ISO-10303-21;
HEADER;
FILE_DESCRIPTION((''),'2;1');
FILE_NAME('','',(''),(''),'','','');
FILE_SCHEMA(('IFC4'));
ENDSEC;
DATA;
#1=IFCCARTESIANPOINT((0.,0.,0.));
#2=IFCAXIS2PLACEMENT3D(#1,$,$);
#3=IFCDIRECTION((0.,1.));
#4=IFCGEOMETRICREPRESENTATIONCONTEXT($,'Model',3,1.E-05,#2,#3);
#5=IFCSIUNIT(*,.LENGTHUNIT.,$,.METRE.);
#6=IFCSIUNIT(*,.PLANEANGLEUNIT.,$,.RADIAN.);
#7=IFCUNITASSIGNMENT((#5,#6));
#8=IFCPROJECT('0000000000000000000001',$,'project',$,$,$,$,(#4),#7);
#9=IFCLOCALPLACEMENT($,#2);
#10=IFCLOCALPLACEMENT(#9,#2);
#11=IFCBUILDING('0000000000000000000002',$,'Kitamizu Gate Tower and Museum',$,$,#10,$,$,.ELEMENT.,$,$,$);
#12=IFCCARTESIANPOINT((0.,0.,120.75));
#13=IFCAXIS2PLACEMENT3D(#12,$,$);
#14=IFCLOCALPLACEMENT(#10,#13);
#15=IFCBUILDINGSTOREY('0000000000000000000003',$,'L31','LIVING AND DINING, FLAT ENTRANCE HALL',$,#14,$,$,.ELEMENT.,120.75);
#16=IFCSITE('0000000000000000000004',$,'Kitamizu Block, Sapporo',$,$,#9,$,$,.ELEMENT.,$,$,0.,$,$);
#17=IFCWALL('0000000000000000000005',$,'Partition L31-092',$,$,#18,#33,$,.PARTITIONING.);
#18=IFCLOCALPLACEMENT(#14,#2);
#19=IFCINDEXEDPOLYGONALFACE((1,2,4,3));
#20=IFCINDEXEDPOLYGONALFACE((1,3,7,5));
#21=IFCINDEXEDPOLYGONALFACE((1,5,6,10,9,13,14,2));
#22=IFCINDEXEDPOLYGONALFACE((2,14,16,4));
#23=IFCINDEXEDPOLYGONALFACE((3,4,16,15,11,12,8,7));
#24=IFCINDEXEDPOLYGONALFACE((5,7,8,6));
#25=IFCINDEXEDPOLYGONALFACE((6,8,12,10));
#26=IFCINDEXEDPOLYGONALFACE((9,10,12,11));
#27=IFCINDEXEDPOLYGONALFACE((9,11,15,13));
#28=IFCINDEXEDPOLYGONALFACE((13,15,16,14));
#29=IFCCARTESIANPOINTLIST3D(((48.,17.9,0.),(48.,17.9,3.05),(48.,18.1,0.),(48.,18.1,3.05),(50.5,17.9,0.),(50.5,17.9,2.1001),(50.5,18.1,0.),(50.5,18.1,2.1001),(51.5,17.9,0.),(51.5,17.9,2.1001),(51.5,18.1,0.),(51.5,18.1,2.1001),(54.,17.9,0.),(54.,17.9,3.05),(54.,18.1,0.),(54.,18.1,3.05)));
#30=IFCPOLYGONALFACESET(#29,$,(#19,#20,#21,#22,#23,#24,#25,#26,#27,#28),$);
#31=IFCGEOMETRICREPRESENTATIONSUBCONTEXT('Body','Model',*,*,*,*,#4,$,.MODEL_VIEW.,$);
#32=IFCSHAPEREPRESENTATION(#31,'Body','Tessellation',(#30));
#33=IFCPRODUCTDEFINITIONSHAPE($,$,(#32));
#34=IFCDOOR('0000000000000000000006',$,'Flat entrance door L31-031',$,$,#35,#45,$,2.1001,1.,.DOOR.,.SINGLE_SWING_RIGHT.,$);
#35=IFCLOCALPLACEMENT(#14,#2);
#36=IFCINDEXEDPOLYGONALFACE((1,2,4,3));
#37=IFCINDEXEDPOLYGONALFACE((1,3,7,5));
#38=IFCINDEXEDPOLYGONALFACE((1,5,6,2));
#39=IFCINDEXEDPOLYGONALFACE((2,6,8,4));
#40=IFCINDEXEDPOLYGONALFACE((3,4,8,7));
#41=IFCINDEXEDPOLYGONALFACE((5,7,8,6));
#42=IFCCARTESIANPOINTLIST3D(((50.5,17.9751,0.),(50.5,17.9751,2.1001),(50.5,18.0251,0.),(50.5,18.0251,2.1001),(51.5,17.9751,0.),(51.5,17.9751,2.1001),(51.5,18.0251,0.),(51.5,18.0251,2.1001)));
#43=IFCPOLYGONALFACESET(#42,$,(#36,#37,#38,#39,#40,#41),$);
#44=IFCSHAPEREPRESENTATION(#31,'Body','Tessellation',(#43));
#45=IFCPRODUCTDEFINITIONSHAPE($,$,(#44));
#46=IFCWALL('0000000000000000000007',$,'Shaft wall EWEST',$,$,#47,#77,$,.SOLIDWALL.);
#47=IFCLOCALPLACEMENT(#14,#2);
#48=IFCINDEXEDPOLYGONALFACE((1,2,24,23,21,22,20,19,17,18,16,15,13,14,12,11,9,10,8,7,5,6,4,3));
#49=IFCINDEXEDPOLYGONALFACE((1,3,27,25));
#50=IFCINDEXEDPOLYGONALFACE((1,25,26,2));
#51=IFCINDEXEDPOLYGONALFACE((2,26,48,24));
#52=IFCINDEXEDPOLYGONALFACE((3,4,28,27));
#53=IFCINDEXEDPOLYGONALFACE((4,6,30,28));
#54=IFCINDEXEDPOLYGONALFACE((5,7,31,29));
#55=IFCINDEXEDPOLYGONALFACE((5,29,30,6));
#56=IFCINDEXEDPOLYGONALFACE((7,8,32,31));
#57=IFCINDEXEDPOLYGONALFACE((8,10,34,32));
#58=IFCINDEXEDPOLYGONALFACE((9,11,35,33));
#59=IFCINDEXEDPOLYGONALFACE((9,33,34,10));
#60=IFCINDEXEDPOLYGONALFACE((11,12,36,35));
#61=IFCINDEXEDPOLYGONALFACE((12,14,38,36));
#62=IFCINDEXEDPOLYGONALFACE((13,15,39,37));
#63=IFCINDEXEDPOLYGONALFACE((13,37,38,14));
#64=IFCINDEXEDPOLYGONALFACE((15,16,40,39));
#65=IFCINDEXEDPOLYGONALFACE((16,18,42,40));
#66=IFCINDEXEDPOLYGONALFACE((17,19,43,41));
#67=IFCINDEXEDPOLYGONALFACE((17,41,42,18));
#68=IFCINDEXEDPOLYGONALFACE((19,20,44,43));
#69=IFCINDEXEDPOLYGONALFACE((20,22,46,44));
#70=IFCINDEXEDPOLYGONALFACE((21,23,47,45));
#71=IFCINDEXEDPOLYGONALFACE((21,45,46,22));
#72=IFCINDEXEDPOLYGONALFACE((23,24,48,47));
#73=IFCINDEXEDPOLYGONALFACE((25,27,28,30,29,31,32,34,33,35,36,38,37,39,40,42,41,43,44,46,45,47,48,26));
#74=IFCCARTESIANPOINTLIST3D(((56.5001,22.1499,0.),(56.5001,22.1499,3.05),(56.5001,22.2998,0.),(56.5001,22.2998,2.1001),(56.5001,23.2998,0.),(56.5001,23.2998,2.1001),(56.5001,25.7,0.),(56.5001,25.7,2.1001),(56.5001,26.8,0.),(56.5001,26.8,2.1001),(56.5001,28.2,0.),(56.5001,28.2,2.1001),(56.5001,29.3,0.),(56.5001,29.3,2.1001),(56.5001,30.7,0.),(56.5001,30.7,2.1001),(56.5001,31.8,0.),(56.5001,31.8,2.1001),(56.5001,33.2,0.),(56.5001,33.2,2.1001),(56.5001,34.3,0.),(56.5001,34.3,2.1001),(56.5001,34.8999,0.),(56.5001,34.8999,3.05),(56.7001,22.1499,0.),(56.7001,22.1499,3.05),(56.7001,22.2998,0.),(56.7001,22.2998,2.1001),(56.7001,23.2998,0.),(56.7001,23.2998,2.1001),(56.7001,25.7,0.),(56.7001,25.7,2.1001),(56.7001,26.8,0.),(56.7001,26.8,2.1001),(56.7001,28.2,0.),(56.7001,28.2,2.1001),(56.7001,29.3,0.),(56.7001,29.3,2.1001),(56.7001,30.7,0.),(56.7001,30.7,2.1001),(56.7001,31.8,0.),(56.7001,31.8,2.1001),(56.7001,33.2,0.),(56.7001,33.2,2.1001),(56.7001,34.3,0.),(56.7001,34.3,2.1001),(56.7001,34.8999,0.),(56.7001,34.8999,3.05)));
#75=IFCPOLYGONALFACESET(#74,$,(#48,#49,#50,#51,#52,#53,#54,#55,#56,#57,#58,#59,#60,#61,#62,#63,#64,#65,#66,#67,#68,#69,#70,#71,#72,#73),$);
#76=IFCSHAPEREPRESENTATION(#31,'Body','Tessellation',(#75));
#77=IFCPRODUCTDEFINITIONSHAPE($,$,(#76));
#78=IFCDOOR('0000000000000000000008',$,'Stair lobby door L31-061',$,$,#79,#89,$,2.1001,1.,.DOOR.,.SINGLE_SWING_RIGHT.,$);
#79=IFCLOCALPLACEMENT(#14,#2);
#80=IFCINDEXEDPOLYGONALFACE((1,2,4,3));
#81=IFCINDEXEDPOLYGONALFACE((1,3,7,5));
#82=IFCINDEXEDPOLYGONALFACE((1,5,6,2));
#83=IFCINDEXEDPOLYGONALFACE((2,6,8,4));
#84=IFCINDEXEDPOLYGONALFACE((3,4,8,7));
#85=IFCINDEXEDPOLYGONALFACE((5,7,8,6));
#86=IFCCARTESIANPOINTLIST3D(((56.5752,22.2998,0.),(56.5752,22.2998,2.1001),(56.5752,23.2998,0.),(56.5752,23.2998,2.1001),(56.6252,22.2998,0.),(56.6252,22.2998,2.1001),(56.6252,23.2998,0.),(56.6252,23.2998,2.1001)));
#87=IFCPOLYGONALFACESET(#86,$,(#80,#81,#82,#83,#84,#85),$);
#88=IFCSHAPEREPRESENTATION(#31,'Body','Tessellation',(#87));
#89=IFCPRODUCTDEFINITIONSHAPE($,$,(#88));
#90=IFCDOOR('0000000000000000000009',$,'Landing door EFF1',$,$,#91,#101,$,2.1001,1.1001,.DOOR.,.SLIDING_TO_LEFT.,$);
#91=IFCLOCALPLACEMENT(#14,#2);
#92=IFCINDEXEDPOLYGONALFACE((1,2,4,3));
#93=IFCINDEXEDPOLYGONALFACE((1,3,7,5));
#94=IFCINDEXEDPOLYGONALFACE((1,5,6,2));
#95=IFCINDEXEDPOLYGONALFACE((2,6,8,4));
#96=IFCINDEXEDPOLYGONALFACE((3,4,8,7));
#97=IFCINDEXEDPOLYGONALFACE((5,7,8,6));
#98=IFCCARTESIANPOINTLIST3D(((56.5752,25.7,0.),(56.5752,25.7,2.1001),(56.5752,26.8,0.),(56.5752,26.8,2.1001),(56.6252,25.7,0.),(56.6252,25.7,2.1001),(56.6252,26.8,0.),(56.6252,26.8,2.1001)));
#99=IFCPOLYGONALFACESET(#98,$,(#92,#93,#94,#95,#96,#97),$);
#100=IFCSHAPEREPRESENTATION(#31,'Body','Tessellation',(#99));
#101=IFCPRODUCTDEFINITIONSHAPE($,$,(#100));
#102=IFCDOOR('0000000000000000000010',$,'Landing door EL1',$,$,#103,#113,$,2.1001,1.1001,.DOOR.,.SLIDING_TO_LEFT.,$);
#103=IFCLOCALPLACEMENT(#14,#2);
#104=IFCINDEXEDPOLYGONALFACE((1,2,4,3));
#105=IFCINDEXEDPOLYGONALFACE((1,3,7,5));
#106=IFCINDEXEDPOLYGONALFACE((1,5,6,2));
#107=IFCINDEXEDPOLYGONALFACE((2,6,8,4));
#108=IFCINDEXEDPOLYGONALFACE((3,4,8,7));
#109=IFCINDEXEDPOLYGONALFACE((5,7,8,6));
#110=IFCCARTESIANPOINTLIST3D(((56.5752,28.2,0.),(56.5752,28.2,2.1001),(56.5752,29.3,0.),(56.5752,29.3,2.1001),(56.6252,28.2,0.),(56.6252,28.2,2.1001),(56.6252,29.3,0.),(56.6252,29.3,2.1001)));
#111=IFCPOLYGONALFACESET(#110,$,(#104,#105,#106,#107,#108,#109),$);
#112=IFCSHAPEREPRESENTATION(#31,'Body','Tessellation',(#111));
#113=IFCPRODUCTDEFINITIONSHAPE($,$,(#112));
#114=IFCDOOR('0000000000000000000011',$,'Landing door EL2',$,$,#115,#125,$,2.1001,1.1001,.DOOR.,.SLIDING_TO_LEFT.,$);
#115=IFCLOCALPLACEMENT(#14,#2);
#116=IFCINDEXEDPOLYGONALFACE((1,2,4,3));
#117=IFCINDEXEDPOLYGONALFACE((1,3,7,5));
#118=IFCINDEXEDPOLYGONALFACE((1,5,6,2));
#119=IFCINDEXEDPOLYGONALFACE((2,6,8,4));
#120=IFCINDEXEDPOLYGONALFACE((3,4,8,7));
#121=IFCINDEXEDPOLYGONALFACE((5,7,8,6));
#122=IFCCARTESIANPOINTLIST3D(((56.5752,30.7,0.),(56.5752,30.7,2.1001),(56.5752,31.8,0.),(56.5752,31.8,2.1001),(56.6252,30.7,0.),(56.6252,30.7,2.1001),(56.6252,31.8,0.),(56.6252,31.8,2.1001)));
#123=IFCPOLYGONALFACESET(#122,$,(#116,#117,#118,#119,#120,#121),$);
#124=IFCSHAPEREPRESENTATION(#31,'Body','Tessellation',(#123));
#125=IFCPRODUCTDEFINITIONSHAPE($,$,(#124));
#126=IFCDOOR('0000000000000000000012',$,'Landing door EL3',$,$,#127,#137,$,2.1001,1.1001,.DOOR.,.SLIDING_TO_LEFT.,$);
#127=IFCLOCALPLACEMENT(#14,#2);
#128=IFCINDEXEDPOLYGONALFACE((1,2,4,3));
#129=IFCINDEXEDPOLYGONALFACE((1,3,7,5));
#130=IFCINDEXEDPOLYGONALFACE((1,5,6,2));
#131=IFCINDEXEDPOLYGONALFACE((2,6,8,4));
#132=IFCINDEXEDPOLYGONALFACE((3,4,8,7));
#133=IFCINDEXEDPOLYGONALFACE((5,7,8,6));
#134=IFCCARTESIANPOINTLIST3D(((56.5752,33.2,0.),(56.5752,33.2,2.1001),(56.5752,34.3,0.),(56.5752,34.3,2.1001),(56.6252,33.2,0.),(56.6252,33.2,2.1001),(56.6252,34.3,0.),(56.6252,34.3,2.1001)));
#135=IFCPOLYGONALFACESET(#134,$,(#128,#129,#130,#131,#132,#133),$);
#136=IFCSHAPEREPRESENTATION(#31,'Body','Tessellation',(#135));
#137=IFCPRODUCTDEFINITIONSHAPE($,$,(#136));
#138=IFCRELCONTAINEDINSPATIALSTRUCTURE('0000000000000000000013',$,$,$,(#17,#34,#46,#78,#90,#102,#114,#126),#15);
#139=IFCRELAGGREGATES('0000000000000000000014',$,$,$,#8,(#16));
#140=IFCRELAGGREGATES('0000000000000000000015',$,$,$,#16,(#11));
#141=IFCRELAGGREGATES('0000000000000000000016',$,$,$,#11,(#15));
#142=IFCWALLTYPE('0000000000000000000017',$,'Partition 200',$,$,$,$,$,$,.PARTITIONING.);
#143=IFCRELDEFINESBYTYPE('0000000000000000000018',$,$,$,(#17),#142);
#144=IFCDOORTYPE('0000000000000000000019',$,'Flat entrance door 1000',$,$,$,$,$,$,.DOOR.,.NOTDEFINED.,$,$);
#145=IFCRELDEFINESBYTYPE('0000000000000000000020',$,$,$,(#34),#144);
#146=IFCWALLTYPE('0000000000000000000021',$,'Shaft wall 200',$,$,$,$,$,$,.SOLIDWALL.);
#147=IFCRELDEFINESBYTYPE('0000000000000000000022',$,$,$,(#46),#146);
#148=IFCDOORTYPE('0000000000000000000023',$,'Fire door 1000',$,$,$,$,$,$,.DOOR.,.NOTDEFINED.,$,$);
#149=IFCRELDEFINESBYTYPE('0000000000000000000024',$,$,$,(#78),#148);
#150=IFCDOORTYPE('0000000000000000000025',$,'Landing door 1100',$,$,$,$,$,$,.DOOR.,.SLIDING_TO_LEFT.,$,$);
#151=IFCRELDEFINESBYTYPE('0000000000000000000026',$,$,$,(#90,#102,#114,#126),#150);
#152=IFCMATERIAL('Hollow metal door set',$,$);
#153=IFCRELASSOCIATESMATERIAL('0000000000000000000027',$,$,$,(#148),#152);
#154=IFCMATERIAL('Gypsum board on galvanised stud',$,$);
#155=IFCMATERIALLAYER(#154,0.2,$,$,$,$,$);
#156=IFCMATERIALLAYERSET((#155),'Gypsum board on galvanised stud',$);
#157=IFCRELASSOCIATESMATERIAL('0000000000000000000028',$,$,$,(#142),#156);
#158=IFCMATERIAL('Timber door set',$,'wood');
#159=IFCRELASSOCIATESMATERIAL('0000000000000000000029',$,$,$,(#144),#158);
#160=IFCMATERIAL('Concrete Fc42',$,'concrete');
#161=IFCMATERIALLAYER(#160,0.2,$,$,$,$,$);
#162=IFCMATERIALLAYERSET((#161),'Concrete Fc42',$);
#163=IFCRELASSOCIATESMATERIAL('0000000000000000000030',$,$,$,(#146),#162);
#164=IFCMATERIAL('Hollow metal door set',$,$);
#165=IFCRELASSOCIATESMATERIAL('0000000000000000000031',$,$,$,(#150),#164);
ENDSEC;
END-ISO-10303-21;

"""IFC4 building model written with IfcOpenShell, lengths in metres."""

from ifc_helpers import new_model, si_unit, direction, frame, frame_2d, origin, place, context, subcontext, project, spatial, rectangle, extrude, material, layer, layer_set, type_object, element, fill, save


model = new_model("IFC4")

# Units and contexts
model_context = context("Model", 3, precision=1e-05, world=origin(), true_north=direction((0.0, 1.0)))
body_context = subcontext(model_context, "Body", "Model", "MODEL_VIEW")
ifc_project = project(units=[si_unit("LENGTHUNIT", "METRE"), si_unit("PLANEANGLEUNIT", "RADIAN")], contexts=[model_context])

# Site, building, storey
site_placement = place(None, origin())
site = spatial("IfcSite", under=ifc_project, at=site_placement, Name="Kitamizu Block, Sapporo", CompositionType="ELEMENT", RefElevation=0.0)
building_placement = place(site_placement, origin())
building = spatial("IfcBuilding", under=site, at=building_placement, Name="Kitamizu Gate Tower and Museum", CompositionType="ELEMENT")
storey_placement = place(building_placement, frame((0.0, 0.0, 120.75)))
storey = spatial("IfcBuildingStorey", under=building, at=storey_placement, Name="L31", Description="LIVING AND DINING, FLAT ENTRANCE HALL", CompositionType="ELEMENT", Elevation=120.75)

# Shared definitions
ifc_material_1 = material(Name="Hollow metal door set")
door_type_1 = type_object("IfcDoorType", Name="Fire door 1000", OperationType="NOTDEFINED", PredefinedType="DOOR", material=ifc_material_1)

# Wall, opening, door
ifc_material_2 = material(Name="Gypsum board on galvanised stud")
ifc_layer_1 = layer(ifc_material_2, 0.2)
ifc_layer_set_1 = layer_set([ifc_layer_1], Name="Gypsum board on galvanised stud")
wall_type_1 = type_object("IfcWallType", Name="Partition 200", PredefinedType="PARTITIONING", material=ifc_layer_set_1)
wall_1_placement = place(storey_placement, frame((54.0, 18.0, 0.0), z_axis=(0.0, 0.0, 1.0), x_axis=(-1.0, 0.0, 0.0)))
wall_1 = element("IfcWall", 1, at=wall_1_placement, inside=storey, type_object=wall_type_1, Name="Partition L31-092", PredefinedType="PARTITIONING", context=body_context, shape_type="SweptSolid", body=[
    extrude(rectangle(XDim=6.0, YDim=0.2, at=frame_2d((3.0, 0.0))), origin(), (0.0, 0.0, 1.0), 3.05),
])
opening_1_placement = place(wall_1_placement, frame((2.5, 0.0, 0.0)))
opening_1 = element("IfcOpeningElement", 2, at=opening_1_placement, cuts=wall_1, PredefinedType="OPENING", context=body_context, shape_type="SweptSolid", body=[
    extrude(rectangle(XDim=1.0, YDim=2.1001, at=frame_2d((0.5, 1.05))), frame((0.0, 0.1099, 0.0), z_axis=(0.0, -1.0, 0.0), x_axis=(1.0, 0.0, 0.0)), (0.0, 0.0, 1.0), 0.22),
])
ifc_material_3 = material(Name="Timber door set", Category="wood")
door_type_2 = type_object("IfcDoorType", Name="Flat entrance door 1000", OperationType="NOTDEFINED", PredefinedType="DOOR", material=ifc_material_3)
door_1_placement = place(opening_1_placement, origin())
door_1 = element("IfcDoor", 3, at=door_1_placement, inside=storey, type_object=door_type_2, Name="Flat entrance door L31-031", OperationType="SINGLE_SWING_RIGHT", OverallHeight=2.1001, OverallWidth=1.0, PredefinedType="DOOR", context=body_context, shape_type="SweptSolid", body=[
    extrude(rectangle(XDim=1.0, YDim=2.1001, at=frame_2d((0.5, 1.05))), frame((0.0, 0.0249, 0.0), z_axis=(0.0, -1.0, 0.0), x_axis=(1.0, 0.0, 0.0)), (0.0, 0.0, 1.0), 0.05),
])
fill(opening_1, door_1)

# Wall, openings, doors
ifc_material_4 = material(Name="Concrete Fc42", Category="concrete")
ifc_layer_2 = layer(ifc_material_4, 0.2)
ifc_layer_set_2 = layer_set([ifc_layer_2], Name="Concrete Fc42")
wall_type_2 = type_object("IfcWallType", Name="Shaft wall 200", PredefinedType="SOLIDWALL", material=ifc_layer_set_2)
wall_2_placement = place(storey_placement, frame((56.6001, 22.1499, 0.0), z_axis=(0.0, 0.0, 1.0), x_axis=(0.0, 1.0, 0.0)))
wall_2 = element("IfcWall", 4, at=wall_2_placement, inside=storey, type_object=wall_type_2, Name="Shaft wall EWEST", PredefinedType="SOLIDWALL", context=body_context, shape_type="SweptSolid", body=[
    extrude(rectangle(XDim=12.75, YDim=0.2, at=frame_2d((6.375, 0.0))), origin(), (0.0, 0.0, 1.0), 3.05),
])
opening_2_placement = place(wall_2_placement, frame((3.55, 0.0, 0.0)))
opening_2 = element("IfcOpeningElement", 5, at=opening_2_placement, cuts=wall_2, PredefinedType="OPENING", context=body_context, shape_type="SweptSolid", body=[
    extrude(rectangle(XDim=1.1001, YDim=2.1001, at=frame_2d((0.55, 1.05))), frame((0.0, 0.1099, 0.0), z_axis=(0.0, -1.0, 0.0), x_axis=(1.0, 0.0, 0.0)), (0.0, 0.0, 1.0), 0.22),
])
opening_3_placement = place(wall_2_placement, frame((6.05, 0.0, 0.0)))
opening_3 = element("IfcOpeningElement", 6, at=opening_3_placement, cuts=wall_2, PredefinedType="OPENING", context=body_context, shape_type="SweptSolid", body=[
    extrude(rectangle(XDim=1.1001, YDim=2.1001, at=frame_2d((0.55, 1.05))), frame((0.0, 0.1099, 0.0), z_axis=(0.0, -1.0, 0.0), x_axis=(1.0, 0.0, 0.0)), (0.0, 0.0, 1.0), 0.22),
])
opening_4_placement = place(wall_2_placement, frame((8.55, 0.0, 0.0)))
opening_4 = element("IfcOpeningElement", 7, at=opening_4_placement, cuts=wall_2, PredefinedType="OPENING", context=body_context, shape_type="SweptSolid", body=[
    extrude(rectangle(XDim=1.1001, YDim=2.1001, at=frame_2d((0.55, 1.05))), frame((0.0, 0.1099, 0.0), z_axis=(0.0, -1.0, 0.0), x_axis=(1.0, 0.0, 0.0)), (0.0, 0.0, 1.0), 0.22),
])
opening_5_placement = place(wall_2_placement, frame((11.05, 0.0, 0.0)))
opening_5 = element("IfcOpeningElement", 8, at=opening_5_placement, cuts=wall_2, PredefinedType="OPENING", context=body_context, shape_type="SweptSolid", body=[
    extrude(rectangle(XDim=1.1001, YDim=2.1001, at=frame_2d((0.55, 1.05))), frame((0.0, 0.1099, 0.0), z_axis=(0.0, -1.0, 0.0), x_axis=(1.0, 0.0, 0.0)), (0.0, 0.0, 1.0), 0.22),
])
opening_6_placement = place(wall_2_placement, frame((0.1499, 0.0, 0.0)))
opening_6 = element("IfcOpeningElement", 9, at=opening_6_placement, cuts=wall_2, PredefinedType="OPENING", context=body_context, shape_type="SweptSolid", body=[
    extrude(rectangle(XDim=1.0, YDim=2.1001, at=frame_2d((0.5, 1.05))), frame((0.0, 0.1099, 0.0), z_axis=(0.0, -1.0, 0.0), x_axis=(1.0, 0.0, 0.0)), (0.0, 0.0, 1.0), 0.22),
])
door_2_placement = place(opening_6_placement, origin())
door_2 = element("IfcDoor", 10, at=door_2_placement, inside=storey, type_object=door_type_1, Name="Stair lobby door L31-061", OperationType="SINGLE_SWING_RIGHT", OverallHeight=2.1001, OverallWidth=1.0, PredefinedType="DOOR", context=body_context, shape_type="SweptSolid", body=[
    extrude(rectangle(XDim=1.0, YDim=2.1001, at=frame_2d((0.5, 1.05))), frame((0.0, 0.0249, 0.0), z_axis=(0.0, -1.0, 0.0), x_axis=(1.0, 0.0, 0.0)), (0.0, 0.0, 1.0), 0.05),
])
fill(opening_6, door_2)
ifc_material_5 = material(Name="Hollow metal door set")
door_type_3 = type_object("IfcDoorType", Name="Landing door 1100", OperationType="SLIDING_TO_LEFT", PredefinedType="DOOR", material=ifc_material_5)
door_3_placement = place(opening_2_placement, origin())
door_3 = element("IfcDoor", 11, at=door_3_placement, inside=storey, type_object=door_type_3, Name="Landing door EFF1", OperationType="SLIDING_TO_LEFT", OverallHeight=2.1001, OverallWidth=1.1001, PredefinedType="DOOR", context=body_context, shape_type="SweptSolid", body=[
    extrude(rectangle(XDim=1.1001, YDim=2.1001, at=frame_2d((0.55, 1.05))), frame((0.0, 0.0249, 0.0), z_axis=(0.0, -1.0, 0.0), x_axis=(1.0, 0.0, 0.0)), (0.0, 0.0, 1.0), 0.05),
])
fill(opening_2, door_3)
door_4_placement = place(opening_3_placement, origin())
door_4 = element("IfcDoor", 12, at=door_4_placement, inside=storey, type_object=door_type_3, Name="Landing door EL1", OperationType="SLIDING_TO_LEFT", OverallHeight=2.1001, OverallWidth=1.1001, PredefinedType="DOOR", context=body_context, shape_type="SweptSolid", body=[
    extrude(rectangle(XDim=1.1001, YDim=2.1001, at=frame_2d((0.55, 1.05))), frame((0.0, 0.0249, 0.0), z_axis=(0.0, -1.0, 0.0), x_axis=(1.0, 0.0, 0.0)), (0.0, 0.0, 1.0), 0.05),
])
fill(opening_3, door_4)
door_5_placement = place(opening_4_placement, origin())
door_5 = element("IfcDoor", 13, at=door_5_placement, inside=storey, type_object=door_type_3, Name="Landing door EL2", OperationType="SLIDING_TO_LEFT", OverallHeight=2.1001, OverallWidth=1.1001, PredefinedType="DOOR", context=body_context, shape_type="SweptSolid", body=[
    extrude(rectangle(XDim=1.1001, YDim=2.1001, at=frame_2d((0.55, 1.05))), frame((0.0, 0.0249, 0.0), z_axis=(0.0, -1.0, 0.0), x_axis=(1.0, 0.0, 0.0)), (0.0, 0.0, 1.0), 0.05),
])
fill(opening_4, door_5)
door_6_placement = place(opening_5_placement, origin())
door_6 = element("IfcDoor", 14, at=door_6_placement, inside=storey, type_object=door_type_3, Name="Landing door EL3", OperationType="SLIDING_TO_LEFT", OverallHeight=2.1001, OverallWidth=1.1001, PredefinedType="DOOR", context=body_context, shape_type="SweptSolid", body=[
    extrude(rectangle(XDim=1.1001, YDim=2.1001, at=frame_2d((0.55, 1.05))), frame((0.0, 0.0249, 0.0), z_axis=(0.0, -1.0, 0.0), x_axis=(1.0, 0.0, 0.0)), (0.0, 0.0, 1.0), 0.05),
])
fill(opening_5, door_6)

save(model, "model.ifc")
